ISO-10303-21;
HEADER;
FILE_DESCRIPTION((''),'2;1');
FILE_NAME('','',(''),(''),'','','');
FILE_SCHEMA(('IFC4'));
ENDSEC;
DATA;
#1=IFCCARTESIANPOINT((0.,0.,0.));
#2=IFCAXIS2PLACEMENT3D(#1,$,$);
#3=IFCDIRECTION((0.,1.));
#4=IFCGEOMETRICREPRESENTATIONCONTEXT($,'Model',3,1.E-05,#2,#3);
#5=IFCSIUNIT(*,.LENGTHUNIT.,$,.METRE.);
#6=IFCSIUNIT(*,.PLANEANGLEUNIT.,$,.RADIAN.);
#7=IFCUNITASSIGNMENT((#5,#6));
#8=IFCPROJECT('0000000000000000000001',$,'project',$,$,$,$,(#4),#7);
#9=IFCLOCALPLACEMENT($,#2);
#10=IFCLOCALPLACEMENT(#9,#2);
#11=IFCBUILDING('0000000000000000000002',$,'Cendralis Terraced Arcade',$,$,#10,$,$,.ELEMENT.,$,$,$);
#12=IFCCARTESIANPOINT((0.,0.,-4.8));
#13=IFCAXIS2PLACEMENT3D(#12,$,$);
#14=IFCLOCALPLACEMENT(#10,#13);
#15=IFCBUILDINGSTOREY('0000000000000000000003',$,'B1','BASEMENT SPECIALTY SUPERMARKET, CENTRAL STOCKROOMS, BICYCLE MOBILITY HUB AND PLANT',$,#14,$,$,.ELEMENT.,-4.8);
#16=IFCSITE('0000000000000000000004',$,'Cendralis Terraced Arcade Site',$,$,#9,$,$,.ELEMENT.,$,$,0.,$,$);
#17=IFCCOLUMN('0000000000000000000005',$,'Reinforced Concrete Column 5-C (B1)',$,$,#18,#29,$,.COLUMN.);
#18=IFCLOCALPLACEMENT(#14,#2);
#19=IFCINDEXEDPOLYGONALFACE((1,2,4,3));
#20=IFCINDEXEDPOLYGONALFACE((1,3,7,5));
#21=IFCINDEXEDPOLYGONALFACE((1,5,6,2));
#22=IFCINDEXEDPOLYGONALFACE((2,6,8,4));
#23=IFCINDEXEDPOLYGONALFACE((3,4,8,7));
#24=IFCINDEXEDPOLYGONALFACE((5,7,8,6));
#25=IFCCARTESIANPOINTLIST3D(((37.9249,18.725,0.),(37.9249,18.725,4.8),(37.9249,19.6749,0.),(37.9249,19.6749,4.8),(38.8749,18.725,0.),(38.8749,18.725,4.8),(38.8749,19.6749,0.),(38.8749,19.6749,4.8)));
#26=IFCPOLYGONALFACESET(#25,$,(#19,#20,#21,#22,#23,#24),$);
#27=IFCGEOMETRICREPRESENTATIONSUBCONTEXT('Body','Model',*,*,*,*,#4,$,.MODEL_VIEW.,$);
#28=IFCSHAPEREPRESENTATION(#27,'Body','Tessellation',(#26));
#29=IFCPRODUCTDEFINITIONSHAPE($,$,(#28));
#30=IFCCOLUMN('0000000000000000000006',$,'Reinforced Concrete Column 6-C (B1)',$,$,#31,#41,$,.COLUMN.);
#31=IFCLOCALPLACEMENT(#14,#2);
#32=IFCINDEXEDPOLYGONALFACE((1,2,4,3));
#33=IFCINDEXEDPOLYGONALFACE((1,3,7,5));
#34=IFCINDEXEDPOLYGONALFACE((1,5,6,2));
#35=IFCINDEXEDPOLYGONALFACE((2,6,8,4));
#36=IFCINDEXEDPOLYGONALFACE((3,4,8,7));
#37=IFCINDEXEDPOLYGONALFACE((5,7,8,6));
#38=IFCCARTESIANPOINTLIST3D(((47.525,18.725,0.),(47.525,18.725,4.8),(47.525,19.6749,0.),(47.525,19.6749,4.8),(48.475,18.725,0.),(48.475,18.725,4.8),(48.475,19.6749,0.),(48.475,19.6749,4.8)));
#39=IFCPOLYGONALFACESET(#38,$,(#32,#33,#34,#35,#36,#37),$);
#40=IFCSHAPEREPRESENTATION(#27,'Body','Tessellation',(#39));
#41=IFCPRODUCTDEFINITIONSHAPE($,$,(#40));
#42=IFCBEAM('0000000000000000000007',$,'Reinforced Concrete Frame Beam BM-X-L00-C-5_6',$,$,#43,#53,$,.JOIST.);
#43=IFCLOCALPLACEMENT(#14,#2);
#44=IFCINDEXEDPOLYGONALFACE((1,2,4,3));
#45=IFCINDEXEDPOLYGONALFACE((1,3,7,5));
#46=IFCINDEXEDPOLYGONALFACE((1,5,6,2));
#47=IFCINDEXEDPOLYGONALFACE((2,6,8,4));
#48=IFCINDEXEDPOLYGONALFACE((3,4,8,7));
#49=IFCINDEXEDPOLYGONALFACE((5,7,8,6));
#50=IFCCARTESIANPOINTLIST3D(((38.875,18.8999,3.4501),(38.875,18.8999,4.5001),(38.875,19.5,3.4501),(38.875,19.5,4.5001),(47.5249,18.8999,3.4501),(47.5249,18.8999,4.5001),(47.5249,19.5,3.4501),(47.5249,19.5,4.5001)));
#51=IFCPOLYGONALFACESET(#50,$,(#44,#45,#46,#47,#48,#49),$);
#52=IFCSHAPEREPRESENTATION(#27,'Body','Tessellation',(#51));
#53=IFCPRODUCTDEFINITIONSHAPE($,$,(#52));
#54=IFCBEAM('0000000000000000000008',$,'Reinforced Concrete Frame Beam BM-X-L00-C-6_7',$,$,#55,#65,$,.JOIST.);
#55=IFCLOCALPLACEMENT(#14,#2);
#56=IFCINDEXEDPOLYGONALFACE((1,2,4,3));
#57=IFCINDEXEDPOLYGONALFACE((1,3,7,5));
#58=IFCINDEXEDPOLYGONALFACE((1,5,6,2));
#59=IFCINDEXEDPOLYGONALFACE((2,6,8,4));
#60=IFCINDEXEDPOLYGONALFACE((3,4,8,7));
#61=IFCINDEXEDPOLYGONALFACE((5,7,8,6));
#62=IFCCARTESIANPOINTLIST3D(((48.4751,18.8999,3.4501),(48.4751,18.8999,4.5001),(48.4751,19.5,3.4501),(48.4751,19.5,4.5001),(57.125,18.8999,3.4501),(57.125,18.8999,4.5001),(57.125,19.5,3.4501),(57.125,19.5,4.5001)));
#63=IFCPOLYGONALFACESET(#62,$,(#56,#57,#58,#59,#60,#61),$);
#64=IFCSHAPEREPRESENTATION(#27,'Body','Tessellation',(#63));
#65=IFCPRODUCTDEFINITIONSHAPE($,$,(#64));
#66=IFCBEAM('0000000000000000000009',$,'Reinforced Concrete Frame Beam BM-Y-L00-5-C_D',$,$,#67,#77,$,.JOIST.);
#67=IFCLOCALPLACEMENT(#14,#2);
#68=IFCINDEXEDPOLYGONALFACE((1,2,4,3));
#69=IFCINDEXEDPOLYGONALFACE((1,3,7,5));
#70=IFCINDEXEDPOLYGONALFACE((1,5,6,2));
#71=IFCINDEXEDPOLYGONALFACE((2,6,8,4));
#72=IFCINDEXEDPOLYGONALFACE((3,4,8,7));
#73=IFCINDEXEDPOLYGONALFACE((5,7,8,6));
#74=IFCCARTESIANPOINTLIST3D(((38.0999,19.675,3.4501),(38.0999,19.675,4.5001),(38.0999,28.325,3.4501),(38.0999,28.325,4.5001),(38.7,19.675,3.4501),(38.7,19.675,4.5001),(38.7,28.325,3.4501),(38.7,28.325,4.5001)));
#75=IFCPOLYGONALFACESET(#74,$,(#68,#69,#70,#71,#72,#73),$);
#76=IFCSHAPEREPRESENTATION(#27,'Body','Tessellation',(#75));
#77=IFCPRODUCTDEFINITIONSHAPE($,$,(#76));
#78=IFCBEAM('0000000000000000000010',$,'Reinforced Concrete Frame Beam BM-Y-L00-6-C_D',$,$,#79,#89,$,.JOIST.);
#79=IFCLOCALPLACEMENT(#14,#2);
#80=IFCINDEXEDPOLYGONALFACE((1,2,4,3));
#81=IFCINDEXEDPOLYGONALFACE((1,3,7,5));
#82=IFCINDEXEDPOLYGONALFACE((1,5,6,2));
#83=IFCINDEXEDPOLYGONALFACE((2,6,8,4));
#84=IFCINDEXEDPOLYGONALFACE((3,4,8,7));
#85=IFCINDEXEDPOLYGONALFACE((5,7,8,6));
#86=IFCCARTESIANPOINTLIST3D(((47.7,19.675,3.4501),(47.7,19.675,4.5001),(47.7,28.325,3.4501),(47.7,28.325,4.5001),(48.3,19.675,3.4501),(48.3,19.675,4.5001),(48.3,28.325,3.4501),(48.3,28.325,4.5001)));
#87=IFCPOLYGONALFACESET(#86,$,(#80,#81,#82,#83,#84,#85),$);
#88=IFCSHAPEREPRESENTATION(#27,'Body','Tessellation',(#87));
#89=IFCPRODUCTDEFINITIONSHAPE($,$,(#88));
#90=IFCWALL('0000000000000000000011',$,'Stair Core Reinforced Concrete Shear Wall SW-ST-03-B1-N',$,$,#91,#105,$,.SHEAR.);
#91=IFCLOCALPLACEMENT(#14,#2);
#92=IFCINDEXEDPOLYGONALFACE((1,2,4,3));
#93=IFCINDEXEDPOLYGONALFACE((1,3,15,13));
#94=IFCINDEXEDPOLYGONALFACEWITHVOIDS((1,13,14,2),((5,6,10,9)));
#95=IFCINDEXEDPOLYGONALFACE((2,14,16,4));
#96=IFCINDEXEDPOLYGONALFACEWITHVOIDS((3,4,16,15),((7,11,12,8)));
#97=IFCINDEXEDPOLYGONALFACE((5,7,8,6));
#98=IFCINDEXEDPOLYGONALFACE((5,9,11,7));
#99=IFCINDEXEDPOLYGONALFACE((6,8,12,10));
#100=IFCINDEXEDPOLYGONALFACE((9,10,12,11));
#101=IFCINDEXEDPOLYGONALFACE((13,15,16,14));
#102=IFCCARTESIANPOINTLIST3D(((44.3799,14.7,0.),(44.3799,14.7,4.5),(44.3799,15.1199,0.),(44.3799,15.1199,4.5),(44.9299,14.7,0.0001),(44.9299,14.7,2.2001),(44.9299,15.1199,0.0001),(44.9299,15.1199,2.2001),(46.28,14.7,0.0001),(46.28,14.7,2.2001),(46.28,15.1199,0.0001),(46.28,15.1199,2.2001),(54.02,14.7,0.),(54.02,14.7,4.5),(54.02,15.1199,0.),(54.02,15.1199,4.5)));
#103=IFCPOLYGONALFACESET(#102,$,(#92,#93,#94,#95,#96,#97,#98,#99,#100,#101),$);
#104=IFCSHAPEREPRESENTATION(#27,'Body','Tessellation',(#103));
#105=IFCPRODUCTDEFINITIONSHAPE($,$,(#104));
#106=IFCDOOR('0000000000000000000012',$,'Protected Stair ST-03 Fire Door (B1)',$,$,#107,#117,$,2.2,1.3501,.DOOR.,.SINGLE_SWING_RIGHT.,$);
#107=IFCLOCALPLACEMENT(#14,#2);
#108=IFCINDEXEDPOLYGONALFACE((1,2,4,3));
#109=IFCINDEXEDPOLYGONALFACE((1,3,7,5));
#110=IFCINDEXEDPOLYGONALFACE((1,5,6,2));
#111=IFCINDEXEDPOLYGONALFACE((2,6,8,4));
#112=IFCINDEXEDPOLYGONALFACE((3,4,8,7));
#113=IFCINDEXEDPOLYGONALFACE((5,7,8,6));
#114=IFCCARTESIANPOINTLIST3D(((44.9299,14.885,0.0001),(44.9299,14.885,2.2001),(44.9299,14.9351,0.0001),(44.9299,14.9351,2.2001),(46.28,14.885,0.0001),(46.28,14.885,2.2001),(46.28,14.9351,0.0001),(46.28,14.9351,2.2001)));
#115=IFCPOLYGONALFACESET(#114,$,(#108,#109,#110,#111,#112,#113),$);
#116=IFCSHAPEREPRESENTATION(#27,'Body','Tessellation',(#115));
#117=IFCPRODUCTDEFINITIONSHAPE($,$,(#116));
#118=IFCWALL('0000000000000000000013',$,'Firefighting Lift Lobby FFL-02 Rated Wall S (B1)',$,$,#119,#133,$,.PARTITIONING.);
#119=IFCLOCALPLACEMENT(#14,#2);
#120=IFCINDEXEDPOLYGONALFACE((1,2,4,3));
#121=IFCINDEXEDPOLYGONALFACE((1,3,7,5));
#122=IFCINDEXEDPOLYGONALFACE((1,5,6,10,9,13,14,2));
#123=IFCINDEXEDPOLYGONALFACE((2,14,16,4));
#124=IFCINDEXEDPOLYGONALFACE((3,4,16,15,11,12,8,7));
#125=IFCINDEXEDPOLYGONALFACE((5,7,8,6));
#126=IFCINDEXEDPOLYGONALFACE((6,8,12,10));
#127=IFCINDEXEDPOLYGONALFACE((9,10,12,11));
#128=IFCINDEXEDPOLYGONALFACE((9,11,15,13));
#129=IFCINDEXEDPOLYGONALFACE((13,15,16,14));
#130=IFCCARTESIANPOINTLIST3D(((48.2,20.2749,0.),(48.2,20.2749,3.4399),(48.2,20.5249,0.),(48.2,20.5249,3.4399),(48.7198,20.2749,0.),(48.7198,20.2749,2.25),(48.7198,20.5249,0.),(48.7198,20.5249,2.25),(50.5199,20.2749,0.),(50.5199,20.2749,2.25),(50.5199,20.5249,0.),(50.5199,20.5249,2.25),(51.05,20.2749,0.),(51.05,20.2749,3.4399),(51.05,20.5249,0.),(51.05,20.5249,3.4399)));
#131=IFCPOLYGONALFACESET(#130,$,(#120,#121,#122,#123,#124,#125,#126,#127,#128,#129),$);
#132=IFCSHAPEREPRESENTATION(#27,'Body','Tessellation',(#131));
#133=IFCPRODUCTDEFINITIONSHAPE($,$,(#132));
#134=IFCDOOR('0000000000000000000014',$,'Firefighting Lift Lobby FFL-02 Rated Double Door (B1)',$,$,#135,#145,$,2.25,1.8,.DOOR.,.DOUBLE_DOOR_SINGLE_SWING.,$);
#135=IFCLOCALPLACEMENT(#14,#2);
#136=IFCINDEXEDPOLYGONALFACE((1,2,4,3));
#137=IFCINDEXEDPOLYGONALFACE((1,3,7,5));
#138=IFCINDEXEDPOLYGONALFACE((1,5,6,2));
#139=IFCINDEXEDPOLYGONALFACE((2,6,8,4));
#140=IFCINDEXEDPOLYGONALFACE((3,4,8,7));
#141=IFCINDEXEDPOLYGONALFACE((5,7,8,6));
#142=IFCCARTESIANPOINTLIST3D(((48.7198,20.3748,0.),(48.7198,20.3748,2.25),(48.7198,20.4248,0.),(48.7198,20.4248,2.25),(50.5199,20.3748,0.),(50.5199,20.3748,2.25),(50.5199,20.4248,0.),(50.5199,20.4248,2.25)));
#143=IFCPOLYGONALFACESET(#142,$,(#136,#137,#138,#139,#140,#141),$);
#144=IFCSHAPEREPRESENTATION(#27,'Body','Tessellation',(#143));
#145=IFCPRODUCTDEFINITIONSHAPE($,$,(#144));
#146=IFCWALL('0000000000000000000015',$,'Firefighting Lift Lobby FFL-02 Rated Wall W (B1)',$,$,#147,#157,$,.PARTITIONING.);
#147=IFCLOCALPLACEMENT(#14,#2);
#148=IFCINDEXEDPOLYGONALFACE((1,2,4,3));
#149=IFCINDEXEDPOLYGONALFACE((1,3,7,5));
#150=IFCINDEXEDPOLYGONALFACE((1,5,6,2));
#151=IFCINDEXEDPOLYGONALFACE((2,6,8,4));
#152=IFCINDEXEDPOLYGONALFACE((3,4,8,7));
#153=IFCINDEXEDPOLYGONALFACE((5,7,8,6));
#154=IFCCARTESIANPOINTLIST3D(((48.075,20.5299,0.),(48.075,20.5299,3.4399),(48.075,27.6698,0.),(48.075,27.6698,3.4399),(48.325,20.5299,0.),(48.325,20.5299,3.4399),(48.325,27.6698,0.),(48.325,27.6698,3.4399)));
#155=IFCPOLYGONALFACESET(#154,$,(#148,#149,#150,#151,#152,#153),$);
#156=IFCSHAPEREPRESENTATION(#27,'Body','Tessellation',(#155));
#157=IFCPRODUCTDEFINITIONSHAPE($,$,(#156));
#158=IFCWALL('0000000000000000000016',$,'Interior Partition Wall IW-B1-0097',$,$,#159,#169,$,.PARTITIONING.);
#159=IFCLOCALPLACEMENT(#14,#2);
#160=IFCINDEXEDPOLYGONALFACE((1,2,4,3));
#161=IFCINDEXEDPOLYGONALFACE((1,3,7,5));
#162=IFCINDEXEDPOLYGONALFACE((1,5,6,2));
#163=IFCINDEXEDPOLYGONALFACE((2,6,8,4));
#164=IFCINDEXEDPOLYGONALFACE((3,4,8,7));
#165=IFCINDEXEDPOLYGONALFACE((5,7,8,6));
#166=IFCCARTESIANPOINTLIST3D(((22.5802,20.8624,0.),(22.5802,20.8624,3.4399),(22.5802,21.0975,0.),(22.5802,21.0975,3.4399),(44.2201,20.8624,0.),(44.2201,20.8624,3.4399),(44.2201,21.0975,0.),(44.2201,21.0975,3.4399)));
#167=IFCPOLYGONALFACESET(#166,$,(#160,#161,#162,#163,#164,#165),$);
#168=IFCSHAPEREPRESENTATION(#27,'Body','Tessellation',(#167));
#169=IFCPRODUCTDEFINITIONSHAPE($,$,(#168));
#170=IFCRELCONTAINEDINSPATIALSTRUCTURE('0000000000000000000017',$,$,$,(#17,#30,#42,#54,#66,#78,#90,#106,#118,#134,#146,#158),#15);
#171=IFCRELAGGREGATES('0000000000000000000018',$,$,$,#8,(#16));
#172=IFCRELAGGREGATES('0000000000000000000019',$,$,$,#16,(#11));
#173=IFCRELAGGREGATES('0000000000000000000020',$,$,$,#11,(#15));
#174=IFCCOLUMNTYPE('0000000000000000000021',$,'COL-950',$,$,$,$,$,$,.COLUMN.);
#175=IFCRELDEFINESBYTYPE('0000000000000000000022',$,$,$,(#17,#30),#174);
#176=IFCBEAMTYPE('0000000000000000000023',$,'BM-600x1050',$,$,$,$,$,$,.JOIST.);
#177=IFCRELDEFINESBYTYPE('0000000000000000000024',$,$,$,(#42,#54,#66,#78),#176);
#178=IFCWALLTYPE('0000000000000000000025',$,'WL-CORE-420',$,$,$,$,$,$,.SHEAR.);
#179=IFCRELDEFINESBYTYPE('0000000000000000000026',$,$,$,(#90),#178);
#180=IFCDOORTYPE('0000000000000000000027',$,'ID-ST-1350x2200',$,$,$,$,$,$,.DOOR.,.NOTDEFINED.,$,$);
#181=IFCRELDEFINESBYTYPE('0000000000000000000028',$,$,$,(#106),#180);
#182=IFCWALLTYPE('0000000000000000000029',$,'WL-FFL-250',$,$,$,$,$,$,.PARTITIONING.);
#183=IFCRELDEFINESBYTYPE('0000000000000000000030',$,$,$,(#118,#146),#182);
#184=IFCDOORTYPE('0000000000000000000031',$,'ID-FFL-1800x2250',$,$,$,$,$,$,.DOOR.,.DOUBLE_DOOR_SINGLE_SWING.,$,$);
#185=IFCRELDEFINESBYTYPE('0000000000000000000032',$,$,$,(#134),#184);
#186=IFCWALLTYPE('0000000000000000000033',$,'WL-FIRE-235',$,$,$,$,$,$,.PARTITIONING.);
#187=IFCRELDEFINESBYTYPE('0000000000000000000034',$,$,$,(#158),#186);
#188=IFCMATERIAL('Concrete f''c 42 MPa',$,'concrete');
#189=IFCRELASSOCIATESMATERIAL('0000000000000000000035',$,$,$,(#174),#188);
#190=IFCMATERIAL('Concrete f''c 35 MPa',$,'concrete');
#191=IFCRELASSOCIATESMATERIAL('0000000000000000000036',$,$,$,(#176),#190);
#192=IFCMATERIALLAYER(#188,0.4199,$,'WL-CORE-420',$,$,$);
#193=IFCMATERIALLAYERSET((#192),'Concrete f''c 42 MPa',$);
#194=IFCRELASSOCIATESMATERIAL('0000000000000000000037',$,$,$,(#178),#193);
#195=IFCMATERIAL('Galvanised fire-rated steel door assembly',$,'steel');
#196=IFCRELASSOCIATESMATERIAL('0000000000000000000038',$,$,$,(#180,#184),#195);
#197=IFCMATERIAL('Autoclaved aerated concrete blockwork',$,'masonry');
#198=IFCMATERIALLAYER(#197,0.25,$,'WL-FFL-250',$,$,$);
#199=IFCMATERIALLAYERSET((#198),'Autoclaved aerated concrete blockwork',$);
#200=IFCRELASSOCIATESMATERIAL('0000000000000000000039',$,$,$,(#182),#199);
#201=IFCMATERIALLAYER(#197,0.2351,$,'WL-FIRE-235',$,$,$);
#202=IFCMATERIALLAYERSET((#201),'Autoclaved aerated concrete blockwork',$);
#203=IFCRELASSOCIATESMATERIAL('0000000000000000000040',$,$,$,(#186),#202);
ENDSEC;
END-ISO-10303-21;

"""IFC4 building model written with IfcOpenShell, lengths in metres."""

from ifc_helpers import new_model, si_unit, direction, frame, frame_2d, origin, origin_2d, place, context, subcontext, project, spatial, rectangle, extrude, material, layer, layer_set, material_profile, profile_set, type_object, element, fill, save


model = new_model("IFC4")

# Units and contexts
model_context = context("Model", 3, precision=1e-05, world=origin(), true_north=direction((0.0, 1.0)))
body_context = subcontext(model_context, "Body", "Model", "MODEL_VIEW")
ifc_project = project(units=[si_unit("LENGTHUNIT", "METRE"), si_unit("PLANEANGLEUNIT", "RADIAN")], contexts=[model_context])

# Site, building, storey
site_placement = place(None, origin())
site = spatial("IfcSite", under=ifc_project, at=site_placement, Name="Cendralis Terraced Arcade Site", CompositionType="ELEMENT", RefElevation=0.0)
building_placement = place(site_placement, origin())
building = spatial("IfcBuilding", under=site, at=building_placement, Name="Cendralis Terraced Arcade", CompositionType="ELEMENT")
storey_placement = place(building_placement, frame((0.0, 0.0, -4.8)))
storey = spatial("IfcBuildingStorey", under=building, at=storey_placement, Name="B1", Description="BASEMENT SPECIALTY SUPERMARKET, CENTRAL STOCKROOMS, BICYCLE MOBILITY HUB AND PLANT", CompositionType="ELEMENT", Elevation=-4.8)

# Shared definitions
ifc_material_1 = material(Name="Concrete f'c 35 MPa", Category="concrete")

# Columns
ifc_material_2 = material(Name="Concrete f'c 42 MPa", Category="concrete")
ifc_material_profile_1 = material_profile(ifc_material_2, rectangle(XDim=0.95, YDim=0.95, at=origin_2d()), Name="RC-COL-950x950", Category="LoadBearing")
ifc_profile_set_1 = profile_set([ifc_material_profile_1], Name="Concrete f'c 42 MPa")
column_type = type_object("IfcColumnType", Name="COL-950", PredefinedType="COLUMN", material=ifc_profile_set_1)
for number, where, z_axis, x_axis, name in (
    (1, (38.3999, 19.2, 0.0), (0.0, 0.0, 1.0), (1.0, 0.0, 0.0), "Reinforced Concrete Column 5-C (B1)"),
    (2, (48.0, 19.2, 0.0), (0.0, 0.0, 1.0), (1.0, 0.0, 0.0), "Reinforced Concrete Column 6-C (B1)"),
):
    element("IfcColumn", number, at=place(storey_placement, frame(where, z_axis=z_axis, x_axis=x_axis)), inside=storey, type_object=column_type, Name=name, PredefinedType="COLUMN", context=body_context, shape_type="SweptSolid", body=[
        extrude(rectangle(XDim=0.95, YDim=0.95, at=origin_2d()), origin(), (0.0, 0.0, 1.0), 4.8),
    ])

# Beams
ifc_material_profile_2 = material_profile(ifc_material_1, rectangle(XDim=0.6001, YDim=1.05, at=origin_2d()), Name="RC-BM-600x1050", Category="LoadBearing")
ifc_profile_set_2 = profile_set([ifc_material_profile_2], Name="Concrete f'c 35 MPa")
beam_type = type_object("IfcBeamType", Name="BM-600x1050", PredefinedType="JOIST", material=ifc_profile_set_2)
for number, where, z_axis, x_axis, name in (
    (3, (38.875, 19.2, 3.9751), (1.0, 0.0, 0.0), (0.0, 1.0, 0.0), "Reinforced Concrete Frame Beam BM-X-L00-C-5_6"),
    (4, (48.4751, 19.2, 3.9751), (1.0, 0.0, 0.0), (0.0, 1.0, 0.0), "Reinforced Concrete Frame Beam BM-X-L00-C-6_7"),
    (5, (38.3999, 19.675, 3.9751), (0.0, 1.0, 0.0), (-1.0, 0.0, 0.0), "Reinforced Concrete Frame Beam BM-Y-L00-5-C_D"),
    (6, (48.0, 19.675, 3.9751), (0.0, 1.0, 0.0), (-1.0, 0.0, 0.0), "Reinforced Concrete Frame Beam BM-Y-L00-6-C_D"),
):
    element("IfcBeam", number, at=place(storey_placement, frame(where, z_axis=z_axis, x_axis=x_axis)), inside=storey, type_object=beam_type, Name=name, PredefinedType="JOIST", context=body_context, shape_type="SweptSolid", body=[
        extrude(rectangle(XDim=0.6001, YDim=1.05, at=origin_2d()), origin(), (0.0, 0.0, 1.0), 8.6499),
    ])

# Walls, openings, doors
ifc_layer_1 = layer(ifc_material_2, 0.4199, Name="WL-CORE-420")
ifc_layer_set_1 = layer_set([ifc_layer_1], Name="Concrete f'c 42 MPa")
wall_type_1 = type_object("IfcWallType", Name="WL-CORE-420", PredefinedType="SHEAR", material=ifc_layer_set_1)
wall_1_placement = place(storey_placement, frame((44.3799, 14.9099, 0.0), z_axis=(0.0, 0.0, 1.0), x_axis=(1.0, 0.0, 0.0)))
wall_1 = element("IfcWall", 7, at=wall_1_placement, inside=storey, type_object=wall_type_1, Name="Stair Core Reinforced Concrete Shear Wall SW-ST-03-B1-N", PredefinedType="SHEAR", context=body_context, shape_type="SweptSolid", body=[
    extrude(rectangle(XDim=9.6401, YDim=0.4199, at=frame_2d((4.8201, 0.0))), origin(), (0.0, 0.0, 1.0), 4.5),
])
opening_1_placement = place(wall_1_placement, frame((0.55, 0.0, 0.0)))
opening_1 = element("IfcOpeningElement", 8, at=opening_1_placement, cuts=wall_1, PredefinedType="OPENING", context=body_context, shape_type="SweptSolid", body=[
    extrude(rectangle(XDim=1.3501, YDim=2.2, at=frame_2d((0.675, 1.1001))), frame((0.0, 0.2219, 0.0), z_axis=(0.0, -1.0, 0.0), x_axis=(1.0, 0.0, 0.0)), (0.0, 0.0, 1.0), 0.4438),
])
ifc_material_3 = material(Name="Galvanised fire-rated steel door assembly", Category="steel")
door_type_1 = type_object("IfcDoorType", Name="ID-ST-1350x2200", OperationType="NOTDEFINED", PredefinedType="DOOR", material=ifc_material_3)
door_1_placement = place(opening_1_placement, frame((1.3501, 0.0, 0.0), z_axis=(0.0, 0.0, 1.0), x_axis=(-1.0, 0.0, 0.0)))
door_1 = element("IfcDoor", 9, at=door_1_placement, inside=storey, type_object=door_type_1, Name="Protected Stair ST-03 Fire Door (B1)", OperationType="SINGLE_SWING_RIGHT", OverallHeight=2.2, OverallWidth=1.3501, PredefinedType="DOOR", context=body_context, shape_type="SweptSolid", body=[
    extrude(rectangle(XDim=1.3501, YDim=2.2, at=frame_2d((0.675, 1.1001))), frame((0.0, 0.0249, 0.0), z_axis=(0.0, -1.0, 0.0), x_axis=(1.0, 0.0, 0.0)), (0.0, 0.0, 1.0), 0.05),
])
fill(opening_1, door_1)
ifc_material_4 = material(Name="Autoclaved aerated concrete blockwork", Category="masonry")
ifc_layer_2 = layer(ifc_material_4, 0.25, Name="WL-FFL-250")
ifc_layer_set_2 = layer_set([ifc_layer_2], Name="Autoclaved aerated concrete blockwork")
wall_type_2 = type_object("IfcWallType", Name="WL-FFL-250", PredefinedType="PARTITIONING", material=ifc_layer_set_2)
wall_2_placement = place(storey_placement, frame((48.2, 20.3999, 0.0), z_axis=(0.0, 0.0, 1.0), x_axis=(1.0, 0.0, 0.0)))
wall_2 = element("IfcWall", 10, at=wall_2_placement, inside=storey, type_object=wall_type_2, Name="Firefighting Lift Lobby FFL-02 Rated Wall S (B1)", PredefinedType="PARTITIONING", context=body_context, shape_type="SweptSolid", body=[
    extrude(rectangle(XDim=2.8501, YDim=0.25, at=frame_2d((1.425, 0.0))), origin(), (0.0, 0.0, 1.0), 3.4399),
])
opening_2_placement = place(wall_2_placement, frame((0.52, 0.0, 0.0)))
opening_2 = element("IfcOpeningElement", 11, at=opening_2_placement, cuts=wall_2, PredefinedType="OPENING", context=body_context, shape_type="SweptSolid", body=[
    extrude(rectangle(XDim=1.8, YDim=2.25, at=frame_2d((0.8999, 1.125))), frame((0.0, 0.137, 0.0), z_axis=(0.0, -1.0, 0.0), x_axis=(1.0, 0.0, 0.0)), (0.0, 0.0, 1.0), 0.2739),
])
door_type_2 = type_object("IfcDoorType", Name="ID-FFL-1800x2250", OperationType="DOUBLE_DOOR_SINGLE_SWING", PredefinedType="DOOR", material=ifc_material_3)
door_2_placement = place(opening_2_placement, origin())
door_2 = element("IfcDoor", 12, at=door_2_placement, inside=storey, type_object=door_type_2, Name="Firefighting Lift Lobby FFL-02 Rated Double Door (B1)", OperationType="DOUBLE_DOOR_SINGLE_SWING", OverallHeight=2.25, OverallWidth=1.8, PredefinedType="DOOR", context=body_context, shape_type="SweptSolid", body=[
    extrude(rectangle(XDim=1.8, YDim=2.25, at=frame_2d((0.8999, 1.125))), frame((0.0, 0.0249, 0.0), z_axis=(0.0, -1.0, 0.0), x_axis=(1.0, 0.0, 0.0)), (0.0, 0.0, 1.0), 0.05),
])
fill(opening_2, door_2)

# Walls
wall_3_placement = place(storey_placement, frame((48.2, 20.53, 0.0), z_axis=(0.0, 0.0, 1.0), x_axis=(0.0, 1.0, 0.0)))
element("IfcWall", 13, at=wall_3_placement, inside=storey, type_object=wall_type_2, Name="Firefighting Lift Lobby FFL-02 Rated Wall W (B1)", PredefinedType="PARTITIONING", context=body_context, shape_type="SweptSolid", body=[
    extrude(rectangle(XDim=7.1399, YDim=0.25, at=frame_2d((3.5698, 0.0))), origin(), (0.0, 0.0, 1.0), 3.4399),
])
ifc_layer_3 = layer(ifc_material_4, 0.2351, Name="WL-FIRE-235")
ifc_layer_set_3 = layer_set([ifc_layer_3], Name="Autoclaved aerated concrete blockwork")
wall_type_3 = type_object("IfcWallType", Name="WL-FIRE-235", PredefinedType="PARTITIONING", material=ifc_layer_set_3)
wall_4_placement = place(storey_placement, frame((44.22, 20.98, 0.0), z_axis=(0.0, 0.0, 1.0), x_axis=(-1.0, 0.0, 0.0)))
element("IfcWall", 14, at=wall_4_placement, inside=storey, type_object=wall_type_3, Name="Interior Partition Wall IW-B1-0097", PredefinedType="PARTITIONING", context=body_context, shape_type="SweptSolid", body=[
    extrude(rectangle(XDim=21.6399, YDim=0.2351, at=frame_2d((10.8198, 0.0))), origin(), (0.0, 0.0, 1.0), 3.4399),
])

save(model, "model.ifc")
